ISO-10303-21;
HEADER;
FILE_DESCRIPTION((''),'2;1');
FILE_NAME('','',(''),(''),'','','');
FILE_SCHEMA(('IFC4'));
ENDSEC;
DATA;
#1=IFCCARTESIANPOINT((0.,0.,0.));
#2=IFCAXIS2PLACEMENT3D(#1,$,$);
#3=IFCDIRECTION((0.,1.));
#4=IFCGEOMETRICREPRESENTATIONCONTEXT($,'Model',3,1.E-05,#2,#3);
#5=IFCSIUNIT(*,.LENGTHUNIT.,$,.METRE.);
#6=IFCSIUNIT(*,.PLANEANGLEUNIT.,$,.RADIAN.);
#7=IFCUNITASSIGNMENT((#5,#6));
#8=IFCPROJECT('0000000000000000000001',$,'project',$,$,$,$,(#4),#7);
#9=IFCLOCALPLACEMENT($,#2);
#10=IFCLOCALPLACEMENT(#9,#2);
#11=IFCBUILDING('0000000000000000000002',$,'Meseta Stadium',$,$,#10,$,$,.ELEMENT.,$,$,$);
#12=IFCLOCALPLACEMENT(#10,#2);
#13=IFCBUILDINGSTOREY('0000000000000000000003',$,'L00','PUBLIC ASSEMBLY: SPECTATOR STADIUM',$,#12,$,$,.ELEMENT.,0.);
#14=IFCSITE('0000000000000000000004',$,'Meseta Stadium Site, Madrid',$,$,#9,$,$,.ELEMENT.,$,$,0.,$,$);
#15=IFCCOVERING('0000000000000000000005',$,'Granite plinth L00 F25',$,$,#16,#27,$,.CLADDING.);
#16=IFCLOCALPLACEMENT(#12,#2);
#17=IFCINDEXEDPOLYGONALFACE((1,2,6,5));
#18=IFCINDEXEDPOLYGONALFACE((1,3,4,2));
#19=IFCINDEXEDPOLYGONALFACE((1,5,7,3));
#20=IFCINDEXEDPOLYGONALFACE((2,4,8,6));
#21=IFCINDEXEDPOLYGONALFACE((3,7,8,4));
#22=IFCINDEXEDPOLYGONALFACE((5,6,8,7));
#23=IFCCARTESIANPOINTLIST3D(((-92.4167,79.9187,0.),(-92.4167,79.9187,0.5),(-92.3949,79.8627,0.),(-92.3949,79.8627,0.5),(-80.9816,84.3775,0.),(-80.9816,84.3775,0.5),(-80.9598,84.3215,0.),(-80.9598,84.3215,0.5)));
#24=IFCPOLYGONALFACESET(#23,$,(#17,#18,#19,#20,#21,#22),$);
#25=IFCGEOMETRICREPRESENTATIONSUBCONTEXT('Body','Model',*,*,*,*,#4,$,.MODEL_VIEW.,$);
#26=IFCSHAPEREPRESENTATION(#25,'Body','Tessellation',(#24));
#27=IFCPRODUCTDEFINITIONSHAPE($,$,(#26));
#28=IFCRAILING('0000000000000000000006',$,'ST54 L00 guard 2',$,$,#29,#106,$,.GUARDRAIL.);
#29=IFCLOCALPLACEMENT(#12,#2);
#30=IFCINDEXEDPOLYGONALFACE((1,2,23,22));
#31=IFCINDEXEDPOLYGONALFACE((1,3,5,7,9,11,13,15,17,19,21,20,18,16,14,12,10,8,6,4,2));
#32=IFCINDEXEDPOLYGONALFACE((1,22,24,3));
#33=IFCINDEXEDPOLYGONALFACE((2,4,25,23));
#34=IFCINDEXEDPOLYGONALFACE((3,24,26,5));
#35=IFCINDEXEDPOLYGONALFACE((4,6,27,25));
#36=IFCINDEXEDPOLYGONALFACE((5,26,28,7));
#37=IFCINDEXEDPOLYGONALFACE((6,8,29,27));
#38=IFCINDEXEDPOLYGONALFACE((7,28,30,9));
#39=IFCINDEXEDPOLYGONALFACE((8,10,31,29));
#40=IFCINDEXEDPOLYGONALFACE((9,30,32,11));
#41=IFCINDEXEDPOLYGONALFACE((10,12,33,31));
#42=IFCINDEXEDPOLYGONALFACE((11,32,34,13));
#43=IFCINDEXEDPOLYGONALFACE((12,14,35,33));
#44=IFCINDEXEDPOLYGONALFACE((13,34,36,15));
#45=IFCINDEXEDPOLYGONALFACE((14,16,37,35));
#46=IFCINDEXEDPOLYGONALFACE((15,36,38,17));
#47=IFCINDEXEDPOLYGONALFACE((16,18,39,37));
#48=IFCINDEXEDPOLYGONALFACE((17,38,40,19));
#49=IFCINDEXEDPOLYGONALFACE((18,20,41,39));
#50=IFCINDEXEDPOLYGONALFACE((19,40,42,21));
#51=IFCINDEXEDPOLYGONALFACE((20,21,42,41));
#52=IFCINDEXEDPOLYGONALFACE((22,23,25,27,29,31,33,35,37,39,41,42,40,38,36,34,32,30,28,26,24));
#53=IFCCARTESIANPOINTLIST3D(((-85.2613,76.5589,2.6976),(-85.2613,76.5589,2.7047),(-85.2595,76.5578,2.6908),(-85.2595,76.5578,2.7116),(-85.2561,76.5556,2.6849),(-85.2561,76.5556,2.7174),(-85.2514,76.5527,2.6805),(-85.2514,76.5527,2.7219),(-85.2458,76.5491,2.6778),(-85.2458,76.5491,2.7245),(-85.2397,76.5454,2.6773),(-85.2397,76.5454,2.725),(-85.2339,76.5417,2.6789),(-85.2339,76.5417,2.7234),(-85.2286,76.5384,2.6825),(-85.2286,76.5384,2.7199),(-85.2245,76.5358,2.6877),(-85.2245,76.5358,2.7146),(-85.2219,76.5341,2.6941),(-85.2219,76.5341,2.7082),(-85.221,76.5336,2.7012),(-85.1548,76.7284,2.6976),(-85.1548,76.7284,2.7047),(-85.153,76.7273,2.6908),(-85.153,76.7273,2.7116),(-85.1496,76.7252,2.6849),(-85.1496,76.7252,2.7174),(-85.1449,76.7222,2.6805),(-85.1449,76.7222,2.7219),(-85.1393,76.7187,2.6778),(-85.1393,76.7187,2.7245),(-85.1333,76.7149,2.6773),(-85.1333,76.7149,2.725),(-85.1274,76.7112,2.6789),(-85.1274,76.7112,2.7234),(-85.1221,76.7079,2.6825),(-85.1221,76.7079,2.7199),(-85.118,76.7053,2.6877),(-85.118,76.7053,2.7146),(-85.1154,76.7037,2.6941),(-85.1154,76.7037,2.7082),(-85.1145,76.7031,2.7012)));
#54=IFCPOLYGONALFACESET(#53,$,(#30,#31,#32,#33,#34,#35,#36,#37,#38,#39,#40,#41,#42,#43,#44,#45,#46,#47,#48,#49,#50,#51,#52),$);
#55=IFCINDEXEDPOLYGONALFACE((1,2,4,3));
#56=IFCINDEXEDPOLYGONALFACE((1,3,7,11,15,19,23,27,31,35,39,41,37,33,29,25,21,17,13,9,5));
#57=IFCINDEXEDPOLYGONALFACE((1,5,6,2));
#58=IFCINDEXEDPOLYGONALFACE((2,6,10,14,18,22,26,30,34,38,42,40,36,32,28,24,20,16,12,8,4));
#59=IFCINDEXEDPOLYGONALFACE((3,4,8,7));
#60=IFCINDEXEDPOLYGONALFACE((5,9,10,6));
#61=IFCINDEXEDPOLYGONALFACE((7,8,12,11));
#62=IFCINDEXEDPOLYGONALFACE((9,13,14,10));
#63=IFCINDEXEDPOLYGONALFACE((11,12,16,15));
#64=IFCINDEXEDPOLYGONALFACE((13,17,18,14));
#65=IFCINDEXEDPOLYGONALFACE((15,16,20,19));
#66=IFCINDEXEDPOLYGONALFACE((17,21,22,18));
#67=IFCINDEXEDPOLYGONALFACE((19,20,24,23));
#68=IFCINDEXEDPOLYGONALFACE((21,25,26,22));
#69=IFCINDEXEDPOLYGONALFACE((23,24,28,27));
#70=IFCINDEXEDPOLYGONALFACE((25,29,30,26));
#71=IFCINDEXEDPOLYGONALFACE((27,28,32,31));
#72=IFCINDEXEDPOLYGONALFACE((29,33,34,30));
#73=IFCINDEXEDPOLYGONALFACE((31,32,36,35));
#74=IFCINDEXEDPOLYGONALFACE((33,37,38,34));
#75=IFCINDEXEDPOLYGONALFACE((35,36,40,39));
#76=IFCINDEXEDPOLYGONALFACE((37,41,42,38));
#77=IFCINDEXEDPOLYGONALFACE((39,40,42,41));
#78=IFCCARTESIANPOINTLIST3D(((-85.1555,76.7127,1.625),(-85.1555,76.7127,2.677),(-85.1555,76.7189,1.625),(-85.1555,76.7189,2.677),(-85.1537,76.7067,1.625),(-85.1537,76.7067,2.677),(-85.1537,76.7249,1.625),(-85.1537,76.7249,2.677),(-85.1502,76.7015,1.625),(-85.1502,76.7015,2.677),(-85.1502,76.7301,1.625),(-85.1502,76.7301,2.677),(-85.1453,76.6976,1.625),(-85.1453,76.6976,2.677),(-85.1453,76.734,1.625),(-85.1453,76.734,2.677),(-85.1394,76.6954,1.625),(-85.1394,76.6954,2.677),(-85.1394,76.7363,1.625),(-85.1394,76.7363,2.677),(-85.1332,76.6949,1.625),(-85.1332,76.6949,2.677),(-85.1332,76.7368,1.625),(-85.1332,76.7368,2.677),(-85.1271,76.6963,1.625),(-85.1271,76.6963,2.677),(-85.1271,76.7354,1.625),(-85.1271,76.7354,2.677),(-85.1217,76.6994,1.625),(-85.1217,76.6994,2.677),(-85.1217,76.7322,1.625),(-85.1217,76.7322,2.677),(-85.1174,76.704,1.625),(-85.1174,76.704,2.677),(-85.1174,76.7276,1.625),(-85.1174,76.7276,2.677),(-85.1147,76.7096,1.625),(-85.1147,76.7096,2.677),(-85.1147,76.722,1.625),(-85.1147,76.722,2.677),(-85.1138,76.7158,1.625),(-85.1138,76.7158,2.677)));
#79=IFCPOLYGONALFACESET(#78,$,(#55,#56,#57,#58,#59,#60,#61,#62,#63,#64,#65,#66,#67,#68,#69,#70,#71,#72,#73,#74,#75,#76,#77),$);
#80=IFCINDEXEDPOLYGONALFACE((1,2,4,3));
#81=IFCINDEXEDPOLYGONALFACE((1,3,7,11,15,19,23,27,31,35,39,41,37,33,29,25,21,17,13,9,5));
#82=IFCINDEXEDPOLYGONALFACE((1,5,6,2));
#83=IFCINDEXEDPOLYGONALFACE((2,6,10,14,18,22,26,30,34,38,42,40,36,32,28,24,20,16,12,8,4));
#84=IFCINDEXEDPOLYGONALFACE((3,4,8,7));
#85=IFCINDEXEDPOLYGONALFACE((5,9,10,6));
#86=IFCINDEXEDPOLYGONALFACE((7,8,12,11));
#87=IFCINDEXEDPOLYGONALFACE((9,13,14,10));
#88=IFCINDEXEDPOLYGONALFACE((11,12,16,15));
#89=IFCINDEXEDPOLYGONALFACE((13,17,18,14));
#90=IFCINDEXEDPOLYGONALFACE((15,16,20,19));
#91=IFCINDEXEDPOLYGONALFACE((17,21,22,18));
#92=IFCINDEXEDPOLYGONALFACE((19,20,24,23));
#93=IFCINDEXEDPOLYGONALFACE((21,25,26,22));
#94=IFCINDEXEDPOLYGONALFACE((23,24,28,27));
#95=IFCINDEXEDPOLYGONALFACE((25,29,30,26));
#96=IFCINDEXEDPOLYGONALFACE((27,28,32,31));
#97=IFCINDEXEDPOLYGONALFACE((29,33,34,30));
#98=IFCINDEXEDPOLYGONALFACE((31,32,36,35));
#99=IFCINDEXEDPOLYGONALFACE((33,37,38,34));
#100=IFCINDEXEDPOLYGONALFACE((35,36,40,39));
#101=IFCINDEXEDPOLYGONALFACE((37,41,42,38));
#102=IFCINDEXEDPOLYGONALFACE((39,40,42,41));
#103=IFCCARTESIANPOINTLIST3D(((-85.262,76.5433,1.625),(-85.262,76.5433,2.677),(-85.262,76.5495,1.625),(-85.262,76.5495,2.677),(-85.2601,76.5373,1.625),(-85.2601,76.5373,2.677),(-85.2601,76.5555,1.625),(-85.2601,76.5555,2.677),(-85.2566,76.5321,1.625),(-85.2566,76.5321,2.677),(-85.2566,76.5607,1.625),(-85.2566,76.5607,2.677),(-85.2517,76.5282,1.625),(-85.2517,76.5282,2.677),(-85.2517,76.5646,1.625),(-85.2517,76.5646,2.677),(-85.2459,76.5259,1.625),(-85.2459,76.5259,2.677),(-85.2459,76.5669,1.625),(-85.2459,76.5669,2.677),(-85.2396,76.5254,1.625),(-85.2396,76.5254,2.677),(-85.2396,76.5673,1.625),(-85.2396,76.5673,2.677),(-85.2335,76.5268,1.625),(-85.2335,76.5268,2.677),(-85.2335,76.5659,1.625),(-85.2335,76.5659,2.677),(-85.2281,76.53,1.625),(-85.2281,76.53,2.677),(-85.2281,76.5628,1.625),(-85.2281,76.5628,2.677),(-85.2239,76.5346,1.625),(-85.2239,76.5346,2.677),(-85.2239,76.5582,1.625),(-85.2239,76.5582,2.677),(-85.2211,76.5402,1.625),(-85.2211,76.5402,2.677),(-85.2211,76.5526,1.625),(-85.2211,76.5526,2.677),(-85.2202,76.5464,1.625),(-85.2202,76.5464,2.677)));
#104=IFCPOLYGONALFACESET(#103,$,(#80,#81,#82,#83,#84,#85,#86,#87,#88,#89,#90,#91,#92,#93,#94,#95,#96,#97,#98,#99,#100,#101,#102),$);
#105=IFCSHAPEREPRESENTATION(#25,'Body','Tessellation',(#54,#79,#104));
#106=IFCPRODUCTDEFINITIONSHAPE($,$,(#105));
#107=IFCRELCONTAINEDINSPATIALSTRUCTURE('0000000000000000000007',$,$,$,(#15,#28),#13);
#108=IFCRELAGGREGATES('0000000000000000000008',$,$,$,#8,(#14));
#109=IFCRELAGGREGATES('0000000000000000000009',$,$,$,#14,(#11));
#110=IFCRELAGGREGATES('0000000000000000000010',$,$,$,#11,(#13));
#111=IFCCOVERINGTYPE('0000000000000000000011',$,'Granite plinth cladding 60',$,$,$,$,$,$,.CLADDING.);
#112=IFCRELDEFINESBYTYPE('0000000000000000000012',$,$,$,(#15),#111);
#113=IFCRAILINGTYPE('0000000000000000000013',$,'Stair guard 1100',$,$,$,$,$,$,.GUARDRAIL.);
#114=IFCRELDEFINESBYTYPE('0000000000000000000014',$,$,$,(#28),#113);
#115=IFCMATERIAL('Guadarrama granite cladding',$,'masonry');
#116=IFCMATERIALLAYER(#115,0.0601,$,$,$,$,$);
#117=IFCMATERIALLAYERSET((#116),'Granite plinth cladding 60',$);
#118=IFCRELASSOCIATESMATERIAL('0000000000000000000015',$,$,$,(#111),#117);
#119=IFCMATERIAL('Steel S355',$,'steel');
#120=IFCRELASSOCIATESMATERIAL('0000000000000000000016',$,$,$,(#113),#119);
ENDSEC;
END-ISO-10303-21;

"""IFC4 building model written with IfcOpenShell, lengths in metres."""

from ifc_helpers import new_model, si_unit, direction, frame, origin, origin_2d, place, context, subcontext, project, spatial, rectangle, circle, extrude, material, layer, layer_set, type_object, element, save


model = new_model("IFC4")

# Units and contexts
model_context = context("Model", 3, precision=1e-05, world=origin(), true_north=direction((0.0, 1.0)))
body_context = subcontext(model_context, "Body", "Model", "MODEL_VIEW")
ifc_project = project(units=[si_unit("LENGTHUNIT", "METRE"), si_unit("PLANEANGLEUNIT", "RADIAN")], contexts=[model_context])

# Site, building, storey
site_placement = place(None, origin())
site = spatial("IfcSite", under=ifc_project, at=site_placement, Name="Meseta Stadium Site, Madrid", CompositionType="ELEMENT", RefElevation=0.0)
building_placement = place(site_placement, origin())
building = spatial("IfcBuilding", under=site, at=building_placement, Name="Meseta Stadium", CompositionType="ELEMENT")
storey_placement = place(building_placement, origin())
storey = spatial("IfcBuildingStorey", under=building, at=storey_placement, Name="L00", Description="PUBLIC ASSEMBLY: SPECTATOR STADIUM", CompositionType="ELEMENT", Elevation=0.0)

# Covering
ifc_material_1 = material(Name="Guadarrama granite cladding", Category="masonry")
ifc_layer_1 = layer(ifc_material_1, 0.0601)
ifc_layer_set_1 = layer_set([ifc_layer_1], Name="Granite plinth cladding 60")
covering_type = type_object("IfcCoveringType", Name="Granite plinth cladding 60", PredefinedType="CLADDING", material=ifc_layer_set_1)
covering_placement = place(storey_placement, frame((-86.6882, 82.1201, 0.0), z_axis=(0.0, 0.0, 1.0), x_axis=(0.93168, 0.363281, 0.0)))
element("IfcCovering", 1, at=covering_placement, inside=storey, type_object=covering_type, Name="Granite plinth L00 F25", PredefinedType="CLADDING", context=body_context, shape_type="SweptSolid", body=[
    extrude(rectangle(XDim=12.2737, YDim=0.0601, at=origin_2d()), origin(), (0.0, 0.0, 1.0), 0.5),
])

# Railing
ifc_material_2 = material(Name="Steel S355", Category="steel")
railing_type_1 = type_object("IfcRailingType", Name="Stair guard 1100", PredefinedType="GUARDRAIL", material=ifc_material_2)
railing_1_placement = place(storey_placement, frame((-85.1348, 76.7158, 1.625)))
element("IfcRailing", 2, at=railing_1_placement, inside=storey, type_object=railing_type_1, Name="ST54 L00 guard 2", PredefinedType="GUARDRAIL", context=body_context, shape_type="SweptSolid", body=[
    extrude(circle(Radius=0.0239, at=origin_2d()), frame((0.0, 0.0, 1.0762), z_axis=(-0.531972, -0.846762, 0.0), x_axis=(0.846762, -0.531972, 0.0)), (0.0, 0.0, 1.0), 0.2002),
    extrude(circle(Radius=0.021, at=origin_2d()), origin(), (0.0, 0.0, 1.0), 1.052),
    extrude(circle(Radius=0.021, at=origin_2d()), frame((-0.1064, -0.1694, 0.0)), (0.0, 0.0, 1.0), 1.052),
])

save(model, "model.ifc")
